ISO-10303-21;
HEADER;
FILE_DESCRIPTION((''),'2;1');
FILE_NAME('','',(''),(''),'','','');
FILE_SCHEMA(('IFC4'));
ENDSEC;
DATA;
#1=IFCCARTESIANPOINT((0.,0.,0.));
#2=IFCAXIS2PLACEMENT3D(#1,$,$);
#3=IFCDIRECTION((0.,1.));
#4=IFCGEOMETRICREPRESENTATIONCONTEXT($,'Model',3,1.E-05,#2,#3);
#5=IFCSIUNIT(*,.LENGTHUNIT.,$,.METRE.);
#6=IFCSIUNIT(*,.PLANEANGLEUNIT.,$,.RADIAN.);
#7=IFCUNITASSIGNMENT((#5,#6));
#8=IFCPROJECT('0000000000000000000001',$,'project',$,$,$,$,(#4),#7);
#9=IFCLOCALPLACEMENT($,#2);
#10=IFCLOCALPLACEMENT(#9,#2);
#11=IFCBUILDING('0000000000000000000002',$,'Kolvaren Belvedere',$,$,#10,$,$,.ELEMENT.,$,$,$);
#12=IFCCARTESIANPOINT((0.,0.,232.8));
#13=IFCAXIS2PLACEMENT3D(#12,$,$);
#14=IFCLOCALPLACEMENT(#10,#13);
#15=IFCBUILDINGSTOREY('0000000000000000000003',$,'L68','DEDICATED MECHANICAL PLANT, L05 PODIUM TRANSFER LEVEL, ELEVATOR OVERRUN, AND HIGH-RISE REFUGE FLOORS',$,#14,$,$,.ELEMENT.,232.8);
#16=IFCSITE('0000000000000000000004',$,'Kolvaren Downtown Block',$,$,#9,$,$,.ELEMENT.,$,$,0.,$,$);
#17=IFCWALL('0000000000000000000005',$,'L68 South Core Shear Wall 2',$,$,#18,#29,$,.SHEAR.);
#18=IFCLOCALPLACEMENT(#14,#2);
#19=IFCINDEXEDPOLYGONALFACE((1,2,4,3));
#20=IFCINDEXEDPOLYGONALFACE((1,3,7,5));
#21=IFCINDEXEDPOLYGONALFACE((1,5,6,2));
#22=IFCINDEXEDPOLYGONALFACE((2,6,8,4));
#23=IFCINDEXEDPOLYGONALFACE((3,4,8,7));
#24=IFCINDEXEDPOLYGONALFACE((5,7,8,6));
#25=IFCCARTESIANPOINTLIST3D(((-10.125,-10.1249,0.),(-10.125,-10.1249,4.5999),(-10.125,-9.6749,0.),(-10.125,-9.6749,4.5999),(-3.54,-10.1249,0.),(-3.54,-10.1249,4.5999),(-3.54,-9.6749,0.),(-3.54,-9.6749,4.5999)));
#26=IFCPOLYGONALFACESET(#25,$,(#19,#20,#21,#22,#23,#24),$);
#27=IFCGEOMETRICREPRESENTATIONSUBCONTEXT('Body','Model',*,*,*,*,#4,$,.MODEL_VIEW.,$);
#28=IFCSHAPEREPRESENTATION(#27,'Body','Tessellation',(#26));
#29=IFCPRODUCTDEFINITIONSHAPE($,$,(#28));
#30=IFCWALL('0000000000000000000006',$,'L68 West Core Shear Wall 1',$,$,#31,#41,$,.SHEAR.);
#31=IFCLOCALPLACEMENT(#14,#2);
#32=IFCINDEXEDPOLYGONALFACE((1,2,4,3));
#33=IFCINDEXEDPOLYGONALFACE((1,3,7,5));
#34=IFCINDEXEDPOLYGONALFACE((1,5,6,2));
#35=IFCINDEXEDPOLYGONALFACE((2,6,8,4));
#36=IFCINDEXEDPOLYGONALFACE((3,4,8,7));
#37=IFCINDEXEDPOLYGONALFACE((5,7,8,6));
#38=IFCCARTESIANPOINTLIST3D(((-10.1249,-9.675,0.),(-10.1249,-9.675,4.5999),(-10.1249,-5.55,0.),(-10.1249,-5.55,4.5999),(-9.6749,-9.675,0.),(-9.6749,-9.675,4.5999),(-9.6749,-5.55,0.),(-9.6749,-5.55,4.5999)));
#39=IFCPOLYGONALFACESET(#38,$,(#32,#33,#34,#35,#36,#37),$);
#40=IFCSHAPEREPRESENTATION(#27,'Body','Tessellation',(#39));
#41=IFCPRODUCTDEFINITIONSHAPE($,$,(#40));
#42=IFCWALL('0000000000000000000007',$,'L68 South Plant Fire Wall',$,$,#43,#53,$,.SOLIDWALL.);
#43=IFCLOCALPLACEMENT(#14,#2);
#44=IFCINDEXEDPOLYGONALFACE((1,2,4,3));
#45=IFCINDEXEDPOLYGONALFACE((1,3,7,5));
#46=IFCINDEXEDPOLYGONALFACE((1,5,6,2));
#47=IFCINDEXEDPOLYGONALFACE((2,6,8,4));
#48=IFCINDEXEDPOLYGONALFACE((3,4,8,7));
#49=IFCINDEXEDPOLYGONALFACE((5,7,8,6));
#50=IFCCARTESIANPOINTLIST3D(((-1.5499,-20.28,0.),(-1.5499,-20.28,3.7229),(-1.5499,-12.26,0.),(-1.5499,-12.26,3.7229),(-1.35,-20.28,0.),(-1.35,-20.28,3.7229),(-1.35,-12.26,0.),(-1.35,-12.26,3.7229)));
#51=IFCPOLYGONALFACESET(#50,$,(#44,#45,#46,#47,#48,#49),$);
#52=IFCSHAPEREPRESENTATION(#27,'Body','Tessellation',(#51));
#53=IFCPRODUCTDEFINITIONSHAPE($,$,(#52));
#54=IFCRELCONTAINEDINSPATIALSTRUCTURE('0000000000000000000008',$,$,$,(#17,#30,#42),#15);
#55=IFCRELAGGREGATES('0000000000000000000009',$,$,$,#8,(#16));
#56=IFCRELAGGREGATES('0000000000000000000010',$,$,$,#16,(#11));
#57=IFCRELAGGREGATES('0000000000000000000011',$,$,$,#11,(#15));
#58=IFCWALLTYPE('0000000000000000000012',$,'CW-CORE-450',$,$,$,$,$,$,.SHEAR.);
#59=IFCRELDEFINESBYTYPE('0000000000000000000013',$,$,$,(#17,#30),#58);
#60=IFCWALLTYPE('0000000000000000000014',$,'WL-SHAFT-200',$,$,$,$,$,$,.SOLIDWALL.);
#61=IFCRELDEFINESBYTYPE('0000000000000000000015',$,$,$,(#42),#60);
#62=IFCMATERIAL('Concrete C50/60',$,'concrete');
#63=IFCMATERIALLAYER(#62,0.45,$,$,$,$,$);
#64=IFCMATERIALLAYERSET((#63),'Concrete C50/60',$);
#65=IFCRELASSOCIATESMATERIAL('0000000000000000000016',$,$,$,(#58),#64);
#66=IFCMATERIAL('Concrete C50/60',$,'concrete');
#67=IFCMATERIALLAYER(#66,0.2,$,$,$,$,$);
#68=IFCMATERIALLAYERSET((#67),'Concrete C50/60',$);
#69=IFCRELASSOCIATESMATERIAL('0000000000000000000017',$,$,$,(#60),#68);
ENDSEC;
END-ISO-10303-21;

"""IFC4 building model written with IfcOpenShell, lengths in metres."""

from ifc_helpers import new_model, si_unit, direction, frame, frame_2d, origin, place, context, subcontext, project, spatial, rectangle, extrude, material, layer, layer_set, type_object, element, save


model = new_model("IFC4")

# Units and contexts
model_context = context("Model", 3, precision=1e-05, world=origin(), true_north=direction((0.0, 1.0)))
body_context = subcontext(model_context, "Body", "Model", "MODEL_VIEW")
ifc_project = project(units=[si_unit("LENGTHUNIT", "METRE"), si_unit("PLANEANGLEUNIT", "RADIAN")], contexts=[model_context])

# Site, building, storey
site_placement = place(None, origin())
site = spatial("IfcSite", under=ifc_project, at=site_placement, Name="Kolvaren Downtown Block", CompositionType="ELEMENT", RefElevation=0.0)
building_placement = place(site_placement, origin())
building = spatial("IfcBuilding", under=site, at=building_placement, Name="Kolvaren Belvedere", CompositionType="ELEMENT")
storey_placement = place(building_placement, frame((0.0, 0.0, 232.8)))
storey = spatial("IfcBuildingStorey", under=building, at=storey_placement, Name="L68", Description="DEDICATED MECHANICAL PLANT, L05 PODIUM TRANSFER LEVEL, ELEVATOR OVERRUN, AND HIGH-RISE REFUGE FLOORS", CompositionType="ELEMENT", Elevation=232.8)

# Walls
ifc_material_1 = material(Name="Concrete C50/60", Category="concrete")
ifc_layer_1 = layer(ifc_material_1, 0.45)
ifc_layer_set_1 = layer_set([ifc_layer_1], Name="Concrete C50/60")
wall_type_1 = type_object("IfcWallType", Name="CW-CORE-450", PredefinedType="SHEAR", material=ifc_layer_set_1)
wall_1_placement = place(storey_placement, frame((-3.54, -9.8999, 0.0), z_axis=(0.0, 0.0, 1.0), x_axis=(-1.0, 0.0, 0.0)))
element("IfcWall", 1, at=wall_1_placement, inside=storey, type_object=wall_type_1, Name="L68 South Core Shear Wall 2", PredefinedType="SHEAR", context=body_context, shape_type="SweptSolid", body=[
    extrude(rectangle(XDim=6.585, YDim=0.45, at=frame_2d((3.2925, 0.0))), origin(), (0.0, 0.0, 1.0), 4.5999),
])
wall_2_placement = place(storey_placement, frame((-9.8999, -9.675, 0.0), z_axis=(0.0, 0.0, 1.0), x_axis=(0.0, 1.0, 0.0)))
element("IfcWall", 2, at=wall_2_placement, inside=storey, type_object=wall_type_1, Name="L68 West Core Shear Wall 1", PredefinedType="SHEAR", context=body_context, shape_type="SweptSolid", body=[
    extrude(rectangle(XDim=4.125, YDim=0.45, at=frame_2d((2.0625, 0.0))), origin(), (0.0, 0.0, 1.0), 4.5999),
])
ifc_material_2 = material(Name="Concrete C50/60", Category="concrete")
ifc_layer_2 = layer(ifc_material_2, 0.2)
ifc_layer_set_2 = layer_set([ifc_layer_2], Name="Concrete C50/60")
wall_type_2 = type_object("IfcWallType", Name="WL-SHAFT-200", PredefinedType="SOLIDWALL", material=ifc_layer_set_2)
wall_3_placement = place(storey_placement, frame((-1.45, -20.28, 0.0), z_axis=(0.0, 0.0, 1.0), x_axis=(0.0, 1.0, 0.0)))
element("IfcWall", 3, at=wall_3_placement, inside=storey, type_object=wall_type_2, Name="L68 South Plant Fire Wall", PredefinedType="SOLIDWALL", context=body_context, shape_type="SweptSolid", body=[
    extrude(rectangle(XDim=8.02, YDim=0.2, at=frame_2d((4.01, 0.0))), origin(), (0.0, 0.0, 1.0), 3.7229),
])

save(model, "model.ifc")
